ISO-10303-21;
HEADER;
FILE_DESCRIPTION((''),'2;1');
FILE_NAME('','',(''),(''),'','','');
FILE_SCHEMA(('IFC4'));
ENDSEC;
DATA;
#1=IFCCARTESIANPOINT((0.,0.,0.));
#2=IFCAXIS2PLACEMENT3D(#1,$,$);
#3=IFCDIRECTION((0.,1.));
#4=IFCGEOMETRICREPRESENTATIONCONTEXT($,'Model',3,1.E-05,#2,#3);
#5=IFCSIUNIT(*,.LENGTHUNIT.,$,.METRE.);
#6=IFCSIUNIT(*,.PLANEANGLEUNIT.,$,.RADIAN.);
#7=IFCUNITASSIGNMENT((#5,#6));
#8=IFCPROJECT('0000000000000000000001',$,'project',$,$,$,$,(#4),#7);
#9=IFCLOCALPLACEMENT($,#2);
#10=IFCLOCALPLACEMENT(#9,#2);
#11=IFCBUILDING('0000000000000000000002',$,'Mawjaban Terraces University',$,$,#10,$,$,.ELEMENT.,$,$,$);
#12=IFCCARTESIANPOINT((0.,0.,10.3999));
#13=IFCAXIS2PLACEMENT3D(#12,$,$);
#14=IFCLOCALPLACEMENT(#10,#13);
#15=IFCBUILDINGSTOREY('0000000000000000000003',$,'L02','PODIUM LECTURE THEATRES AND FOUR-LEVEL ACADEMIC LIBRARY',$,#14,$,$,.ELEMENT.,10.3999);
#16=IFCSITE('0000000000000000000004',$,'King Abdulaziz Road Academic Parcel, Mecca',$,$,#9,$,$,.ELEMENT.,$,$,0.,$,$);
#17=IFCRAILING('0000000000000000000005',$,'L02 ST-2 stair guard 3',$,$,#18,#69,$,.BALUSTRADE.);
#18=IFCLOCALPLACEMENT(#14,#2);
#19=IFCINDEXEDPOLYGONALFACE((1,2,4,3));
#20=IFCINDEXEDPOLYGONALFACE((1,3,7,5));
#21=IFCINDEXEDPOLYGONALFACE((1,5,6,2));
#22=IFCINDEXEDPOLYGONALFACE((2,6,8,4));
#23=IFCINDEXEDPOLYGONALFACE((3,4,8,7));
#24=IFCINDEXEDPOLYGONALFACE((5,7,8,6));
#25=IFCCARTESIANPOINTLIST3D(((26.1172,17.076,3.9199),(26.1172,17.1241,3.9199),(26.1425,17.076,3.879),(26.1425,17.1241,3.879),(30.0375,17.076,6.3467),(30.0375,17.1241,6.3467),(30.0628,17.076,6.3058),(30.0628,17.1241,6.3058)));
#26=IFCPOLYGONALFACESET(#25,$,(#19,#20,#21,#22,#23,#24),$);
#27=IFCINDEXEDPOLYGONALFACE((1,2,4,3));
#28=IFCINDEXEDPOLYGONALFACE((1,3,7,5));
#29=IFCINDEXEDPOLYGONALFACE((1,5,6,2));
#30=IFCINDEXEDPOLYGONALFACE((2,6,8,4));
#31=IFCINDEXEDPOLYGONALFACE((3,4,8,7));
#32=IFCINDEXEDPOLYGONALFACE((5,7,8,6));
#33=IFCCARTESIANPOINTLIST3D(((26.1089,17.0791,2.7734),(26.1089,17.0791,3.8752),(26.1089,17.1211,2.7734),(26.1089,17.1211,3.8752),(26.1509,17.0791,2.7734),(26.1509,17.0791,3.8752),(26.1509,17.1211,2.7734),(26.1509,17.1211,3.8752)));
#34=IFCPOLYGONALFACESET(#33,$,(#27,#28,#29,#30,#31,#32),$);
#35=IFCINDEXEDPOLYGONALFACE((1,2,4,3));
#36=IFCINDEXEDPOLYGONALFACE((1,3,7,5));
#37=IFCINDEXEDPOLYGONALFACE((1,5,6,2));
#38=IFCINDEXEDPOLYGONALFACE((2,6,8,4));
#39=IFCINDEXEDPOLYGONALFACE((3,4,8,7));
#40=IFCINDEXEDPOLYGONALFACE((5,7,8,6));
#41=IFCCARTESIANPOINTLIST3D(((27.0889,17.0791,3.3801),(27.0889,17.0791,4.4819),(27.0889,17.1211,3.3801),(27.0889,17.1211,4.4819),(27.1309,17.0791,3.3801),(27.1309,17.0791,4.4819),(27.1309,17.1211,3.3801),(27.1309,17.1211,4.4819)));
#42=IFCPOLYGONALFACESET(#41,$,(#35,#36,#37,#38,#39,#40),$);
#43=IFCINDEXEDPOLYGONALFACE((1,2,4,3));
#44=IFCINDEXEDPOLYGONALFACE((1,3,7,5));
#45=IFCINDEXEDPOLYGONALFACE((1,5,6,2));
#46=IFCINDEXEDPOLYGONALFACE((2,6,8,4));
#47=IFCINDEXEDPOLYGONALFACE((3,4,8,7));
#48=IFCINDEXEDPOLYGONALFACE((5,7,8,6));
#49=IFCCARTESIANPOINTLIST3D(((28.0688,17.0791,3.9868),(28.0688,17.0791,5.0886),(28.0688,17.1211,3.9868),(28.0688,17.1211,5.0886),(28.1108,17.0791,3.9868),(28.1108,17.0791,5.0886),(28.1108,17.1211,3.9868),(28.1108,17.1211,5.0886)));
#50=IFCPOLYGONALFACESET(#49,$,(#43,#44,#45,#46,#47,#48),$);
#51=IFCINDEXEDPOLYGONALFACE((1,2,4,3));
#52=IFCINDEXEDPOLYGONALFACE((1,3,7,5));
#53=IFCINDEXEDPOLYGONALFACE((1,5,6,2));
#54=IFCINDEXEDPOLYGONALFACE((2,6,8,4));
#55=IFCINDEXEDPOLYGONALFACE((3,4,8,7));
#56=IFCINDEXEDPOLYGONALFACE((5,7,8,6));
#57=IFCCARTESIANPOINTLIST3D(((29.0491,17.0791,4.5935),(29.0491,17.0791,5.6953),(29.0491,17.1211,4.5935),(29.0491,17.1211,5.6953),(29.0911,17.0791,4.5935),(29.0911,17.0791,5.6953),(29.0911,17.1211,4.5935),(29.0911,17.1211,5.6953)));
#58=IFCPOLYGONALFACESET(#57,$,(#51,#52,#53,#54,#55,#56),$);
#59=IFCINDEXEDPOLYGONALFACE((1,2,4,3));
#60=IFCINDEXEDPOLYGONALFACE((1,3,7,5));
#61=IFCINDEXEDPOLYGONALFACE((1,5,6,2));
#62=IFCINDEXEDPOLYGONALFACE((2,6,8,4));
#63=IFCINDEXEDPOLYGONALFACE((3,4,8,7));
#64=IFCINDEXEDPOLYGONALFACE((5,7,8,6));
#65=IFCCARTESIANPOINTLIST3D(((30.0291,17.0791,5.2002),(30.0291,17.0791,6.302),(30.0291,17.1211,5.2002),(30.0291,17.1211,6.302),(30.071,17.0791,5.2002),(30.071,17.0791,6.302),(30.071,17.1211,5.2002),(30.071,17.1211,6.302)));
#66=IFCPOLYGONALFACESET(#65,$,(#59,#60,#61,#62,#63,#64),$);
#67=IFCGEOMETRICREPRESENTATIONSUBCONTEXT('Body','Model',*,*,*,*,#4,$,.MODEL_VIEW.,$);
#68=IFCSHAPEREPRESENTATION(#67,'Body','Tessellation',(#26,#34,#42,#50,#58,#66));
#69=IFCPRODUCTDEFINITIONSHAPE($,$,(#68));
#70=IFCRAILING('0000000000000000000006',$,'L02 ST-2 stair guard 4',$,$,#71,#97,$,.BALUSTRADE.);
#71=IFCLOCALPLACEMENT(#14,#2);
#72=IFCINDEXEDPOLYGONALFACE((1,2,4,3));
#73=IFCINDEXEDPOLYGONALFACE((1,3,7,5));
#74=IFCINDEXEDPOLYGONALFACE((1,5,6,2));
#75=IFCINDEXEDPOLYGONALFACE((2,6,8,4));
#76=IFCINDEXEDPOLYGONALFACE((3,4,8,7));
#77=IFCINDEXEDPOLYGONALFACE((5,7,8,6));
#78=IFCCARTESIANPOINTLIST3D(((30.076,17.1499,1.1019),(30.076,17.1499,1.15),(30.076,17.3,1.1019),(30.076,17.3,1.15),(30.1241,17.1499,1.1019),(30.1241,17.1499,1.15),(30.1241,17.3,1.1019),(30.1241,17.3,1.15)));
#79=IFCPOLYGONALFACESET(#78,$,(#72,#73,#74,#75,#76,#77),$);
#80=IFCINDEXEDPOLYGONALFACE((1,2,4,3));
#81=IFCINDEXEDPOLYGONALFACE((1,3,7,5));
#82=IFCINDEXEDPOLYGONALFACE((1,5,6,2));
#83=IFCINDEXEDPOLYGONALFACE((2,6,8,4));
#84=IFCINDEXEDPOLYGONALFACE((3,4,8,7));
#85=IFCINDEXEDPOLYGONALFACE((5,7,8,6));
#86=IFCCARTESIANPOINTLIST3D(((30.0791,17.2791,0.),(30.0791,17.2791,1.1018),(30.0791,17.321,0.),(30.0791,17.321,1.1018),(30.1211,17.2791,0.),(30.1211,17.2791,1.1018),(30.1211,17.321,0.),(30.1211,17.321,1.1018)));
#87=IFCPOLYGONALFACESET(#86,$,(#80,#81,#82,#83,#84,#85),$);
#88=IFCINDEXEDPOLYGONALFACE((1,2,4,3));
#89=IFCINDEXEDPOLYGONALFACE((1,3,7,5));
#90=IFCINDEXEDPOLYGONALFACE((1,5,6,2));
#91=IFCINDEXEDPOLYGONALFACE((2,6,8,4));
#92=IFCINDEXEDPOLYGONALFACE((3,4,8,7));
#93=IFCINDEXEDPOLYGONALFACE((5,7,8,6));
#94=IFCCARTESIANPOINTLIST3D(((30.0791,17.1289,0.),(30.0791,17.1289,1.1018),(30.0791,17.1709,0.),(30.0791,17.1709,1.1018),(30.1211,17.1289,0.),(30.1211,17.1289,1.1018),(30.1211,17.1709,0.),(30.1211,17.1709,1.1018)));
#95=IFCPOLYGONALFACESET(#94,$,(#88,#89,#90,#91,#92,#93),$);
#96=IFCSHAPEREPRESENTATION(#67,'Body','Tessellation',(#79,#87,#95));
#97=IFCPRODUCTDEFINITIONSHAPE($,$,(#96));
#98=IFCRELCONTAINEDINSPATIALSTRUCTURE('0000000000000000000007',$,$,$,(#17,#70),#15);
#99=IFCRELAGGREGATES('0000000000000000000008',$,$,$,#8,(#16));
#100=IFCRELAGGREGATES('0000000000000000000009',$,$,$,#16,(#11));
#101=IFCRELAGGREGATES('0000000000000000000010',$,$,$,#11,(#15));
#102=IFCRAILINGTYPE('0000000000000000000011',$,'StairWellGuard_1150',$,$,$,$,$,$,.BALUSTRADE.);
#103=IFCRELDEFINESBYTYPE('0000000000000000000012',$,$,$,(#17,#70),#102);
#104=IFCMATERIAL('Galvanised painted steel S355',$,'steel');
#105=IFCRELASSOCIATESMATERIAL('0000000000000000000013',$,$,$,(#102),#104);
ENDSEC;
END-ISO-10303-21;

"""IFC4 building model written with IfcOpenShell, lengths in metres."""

from ifc_helpers import new_model, si_unit, direction, frame, origin, origin_2d, place, context, subcontext, project, spatial, rectangle, extrude, material, type_object, element, save


model = new_model("IFC4")

# Units and contexts
model_context = context("Model", 3, precision=1e-05, world=origin(), true_north=direction((0.0, 1.0)))
body_context = subcontext(model_context, "Body", "Model", "MODEL_VIEW")
ifc_project = project(units=[si_unit("LENGTHUNIT", "METRE"), si_unit("PLANEANGLEUNIT", "RADIAN")], contexts=[model_context])

# Site, building, storey
site_placement = place(None, origin())
site = spatial("IfcSite", under=ifc_project, at=site_placement, Name="King Abdulaziz Road Academic Parcel, Mecca", CompositionType="ELEMENT", RefElevation=0.0)
building_placement = place(site_placement, origin())
building = spatial("IfcBuilding", under=site, at=building_placement, Name="Mawjaban Terraces University", CompositionType="ELEMENT")
storey_placement = place(building_placement, frame((0.0, 0.0, 10.3999)))
storey = spatial("IfcBuildingStorey", under=building, at=storey_placement, Name="L02", Description="PODIUM LECTURE THEATRES AND FOUR-LEVEL ACADEMIC LIBRARY", CompositionType="ELEMENT", Elevation=10.3999)

# Railings
ifc_material_1 = material(Name="Galvanised painted steel S355", Category="steel")
railing_type_1 = type_object("IfcRailingType", Name="StairWellGuard_1150", PredefinedType="BALUSTRADE", material=ifc_material_1)
railing_1_placement = place(storey_placement, frame((26.1299, 17.1001, 2.7734)))
element("IfcRailing", 1, at=railing_1_placement, inside=storey, type_object=railing_type_1, Name="L02 ST-2 stair guard 3", PredefinedType="BALUSTRADE", context=body_context, shape_type="SweptSolid", body=[
    extrude(rectangle(XDim=0.0481, YDim=0.0481, at=origin_2d()), frame((0.0, 0.0, 1.126), z_axis=(0.850266, 0.0, 0.526353), x_axis=(0.0, 1.0, 0.0)), (0.0, 0.0, 1.0), 4.6106),
    extrude(rectangle(XDim=0.042, YDim=0.042, at=origin_2d()), origin(), (0.0, 0.0, 1.0), 1.1018),
    extrude(rectangle(XDim=0.042, YDim=0.042, at=origin_2d()), frame((0.98, 0.0, 0.6067)), (0.0, 0.0, 1.0), 1.1018),
    extrude(rectangle(XDim=0.042, YDim=0.042, at=origin_2d()), frame((1.96, 0.0, 1.2134)), (0.0, 0.0, 1.0), 1.1018),
    extrude(rectangle(XDim=0.042, YDim=0.042, at=origin_2d()), frame((2.9402, 0.0, 1.8201)), (0.0, 0.0, 1.0), 1.1018),
    extrude(rectangle(XDim=0.042, YDim=0.042, at=origin_2d()), frame((3.9202, 0.0, 2.4268)), (0.0, 0.0, 1.0), 1.1018),
])
railing_2_placement = place(storey_placement, frame((30.1001, 17.3, 0.0)))
element("IfcRailing", 2, at=railing_2_placement, inside=storey, type_object=railing_type_1, Name="L02 ST-2 stair guard 4", PredefinedType="BALUSTRADE", context=body_context, shape_type="SweptSolid", body=[
    extrude(rectangle(XDim=0.0481, YDim=0.0481, at=origin_2d()), frame((0.0, 0.0, 1.126), z_axis=(0.0, -1.0, 0.0), x_axis=(1.0, 0.0, 0.0)), (0.0, 0.0, 1.0), 0.1501),
    extrude(rectangle(XDim=0.042, YDim=0.042, at=origin_2d()), origin(), (0.0, 0.0, 1.0), 1.1018),
    extrude(rectangle(XDim=0.042, YDim=0.042, at=origin_2d()), frame((0.0, -0.1501, 0.0)), (0.0, 0.0, 1.0), 1.1018),
])

save(model, "model.ifc")
